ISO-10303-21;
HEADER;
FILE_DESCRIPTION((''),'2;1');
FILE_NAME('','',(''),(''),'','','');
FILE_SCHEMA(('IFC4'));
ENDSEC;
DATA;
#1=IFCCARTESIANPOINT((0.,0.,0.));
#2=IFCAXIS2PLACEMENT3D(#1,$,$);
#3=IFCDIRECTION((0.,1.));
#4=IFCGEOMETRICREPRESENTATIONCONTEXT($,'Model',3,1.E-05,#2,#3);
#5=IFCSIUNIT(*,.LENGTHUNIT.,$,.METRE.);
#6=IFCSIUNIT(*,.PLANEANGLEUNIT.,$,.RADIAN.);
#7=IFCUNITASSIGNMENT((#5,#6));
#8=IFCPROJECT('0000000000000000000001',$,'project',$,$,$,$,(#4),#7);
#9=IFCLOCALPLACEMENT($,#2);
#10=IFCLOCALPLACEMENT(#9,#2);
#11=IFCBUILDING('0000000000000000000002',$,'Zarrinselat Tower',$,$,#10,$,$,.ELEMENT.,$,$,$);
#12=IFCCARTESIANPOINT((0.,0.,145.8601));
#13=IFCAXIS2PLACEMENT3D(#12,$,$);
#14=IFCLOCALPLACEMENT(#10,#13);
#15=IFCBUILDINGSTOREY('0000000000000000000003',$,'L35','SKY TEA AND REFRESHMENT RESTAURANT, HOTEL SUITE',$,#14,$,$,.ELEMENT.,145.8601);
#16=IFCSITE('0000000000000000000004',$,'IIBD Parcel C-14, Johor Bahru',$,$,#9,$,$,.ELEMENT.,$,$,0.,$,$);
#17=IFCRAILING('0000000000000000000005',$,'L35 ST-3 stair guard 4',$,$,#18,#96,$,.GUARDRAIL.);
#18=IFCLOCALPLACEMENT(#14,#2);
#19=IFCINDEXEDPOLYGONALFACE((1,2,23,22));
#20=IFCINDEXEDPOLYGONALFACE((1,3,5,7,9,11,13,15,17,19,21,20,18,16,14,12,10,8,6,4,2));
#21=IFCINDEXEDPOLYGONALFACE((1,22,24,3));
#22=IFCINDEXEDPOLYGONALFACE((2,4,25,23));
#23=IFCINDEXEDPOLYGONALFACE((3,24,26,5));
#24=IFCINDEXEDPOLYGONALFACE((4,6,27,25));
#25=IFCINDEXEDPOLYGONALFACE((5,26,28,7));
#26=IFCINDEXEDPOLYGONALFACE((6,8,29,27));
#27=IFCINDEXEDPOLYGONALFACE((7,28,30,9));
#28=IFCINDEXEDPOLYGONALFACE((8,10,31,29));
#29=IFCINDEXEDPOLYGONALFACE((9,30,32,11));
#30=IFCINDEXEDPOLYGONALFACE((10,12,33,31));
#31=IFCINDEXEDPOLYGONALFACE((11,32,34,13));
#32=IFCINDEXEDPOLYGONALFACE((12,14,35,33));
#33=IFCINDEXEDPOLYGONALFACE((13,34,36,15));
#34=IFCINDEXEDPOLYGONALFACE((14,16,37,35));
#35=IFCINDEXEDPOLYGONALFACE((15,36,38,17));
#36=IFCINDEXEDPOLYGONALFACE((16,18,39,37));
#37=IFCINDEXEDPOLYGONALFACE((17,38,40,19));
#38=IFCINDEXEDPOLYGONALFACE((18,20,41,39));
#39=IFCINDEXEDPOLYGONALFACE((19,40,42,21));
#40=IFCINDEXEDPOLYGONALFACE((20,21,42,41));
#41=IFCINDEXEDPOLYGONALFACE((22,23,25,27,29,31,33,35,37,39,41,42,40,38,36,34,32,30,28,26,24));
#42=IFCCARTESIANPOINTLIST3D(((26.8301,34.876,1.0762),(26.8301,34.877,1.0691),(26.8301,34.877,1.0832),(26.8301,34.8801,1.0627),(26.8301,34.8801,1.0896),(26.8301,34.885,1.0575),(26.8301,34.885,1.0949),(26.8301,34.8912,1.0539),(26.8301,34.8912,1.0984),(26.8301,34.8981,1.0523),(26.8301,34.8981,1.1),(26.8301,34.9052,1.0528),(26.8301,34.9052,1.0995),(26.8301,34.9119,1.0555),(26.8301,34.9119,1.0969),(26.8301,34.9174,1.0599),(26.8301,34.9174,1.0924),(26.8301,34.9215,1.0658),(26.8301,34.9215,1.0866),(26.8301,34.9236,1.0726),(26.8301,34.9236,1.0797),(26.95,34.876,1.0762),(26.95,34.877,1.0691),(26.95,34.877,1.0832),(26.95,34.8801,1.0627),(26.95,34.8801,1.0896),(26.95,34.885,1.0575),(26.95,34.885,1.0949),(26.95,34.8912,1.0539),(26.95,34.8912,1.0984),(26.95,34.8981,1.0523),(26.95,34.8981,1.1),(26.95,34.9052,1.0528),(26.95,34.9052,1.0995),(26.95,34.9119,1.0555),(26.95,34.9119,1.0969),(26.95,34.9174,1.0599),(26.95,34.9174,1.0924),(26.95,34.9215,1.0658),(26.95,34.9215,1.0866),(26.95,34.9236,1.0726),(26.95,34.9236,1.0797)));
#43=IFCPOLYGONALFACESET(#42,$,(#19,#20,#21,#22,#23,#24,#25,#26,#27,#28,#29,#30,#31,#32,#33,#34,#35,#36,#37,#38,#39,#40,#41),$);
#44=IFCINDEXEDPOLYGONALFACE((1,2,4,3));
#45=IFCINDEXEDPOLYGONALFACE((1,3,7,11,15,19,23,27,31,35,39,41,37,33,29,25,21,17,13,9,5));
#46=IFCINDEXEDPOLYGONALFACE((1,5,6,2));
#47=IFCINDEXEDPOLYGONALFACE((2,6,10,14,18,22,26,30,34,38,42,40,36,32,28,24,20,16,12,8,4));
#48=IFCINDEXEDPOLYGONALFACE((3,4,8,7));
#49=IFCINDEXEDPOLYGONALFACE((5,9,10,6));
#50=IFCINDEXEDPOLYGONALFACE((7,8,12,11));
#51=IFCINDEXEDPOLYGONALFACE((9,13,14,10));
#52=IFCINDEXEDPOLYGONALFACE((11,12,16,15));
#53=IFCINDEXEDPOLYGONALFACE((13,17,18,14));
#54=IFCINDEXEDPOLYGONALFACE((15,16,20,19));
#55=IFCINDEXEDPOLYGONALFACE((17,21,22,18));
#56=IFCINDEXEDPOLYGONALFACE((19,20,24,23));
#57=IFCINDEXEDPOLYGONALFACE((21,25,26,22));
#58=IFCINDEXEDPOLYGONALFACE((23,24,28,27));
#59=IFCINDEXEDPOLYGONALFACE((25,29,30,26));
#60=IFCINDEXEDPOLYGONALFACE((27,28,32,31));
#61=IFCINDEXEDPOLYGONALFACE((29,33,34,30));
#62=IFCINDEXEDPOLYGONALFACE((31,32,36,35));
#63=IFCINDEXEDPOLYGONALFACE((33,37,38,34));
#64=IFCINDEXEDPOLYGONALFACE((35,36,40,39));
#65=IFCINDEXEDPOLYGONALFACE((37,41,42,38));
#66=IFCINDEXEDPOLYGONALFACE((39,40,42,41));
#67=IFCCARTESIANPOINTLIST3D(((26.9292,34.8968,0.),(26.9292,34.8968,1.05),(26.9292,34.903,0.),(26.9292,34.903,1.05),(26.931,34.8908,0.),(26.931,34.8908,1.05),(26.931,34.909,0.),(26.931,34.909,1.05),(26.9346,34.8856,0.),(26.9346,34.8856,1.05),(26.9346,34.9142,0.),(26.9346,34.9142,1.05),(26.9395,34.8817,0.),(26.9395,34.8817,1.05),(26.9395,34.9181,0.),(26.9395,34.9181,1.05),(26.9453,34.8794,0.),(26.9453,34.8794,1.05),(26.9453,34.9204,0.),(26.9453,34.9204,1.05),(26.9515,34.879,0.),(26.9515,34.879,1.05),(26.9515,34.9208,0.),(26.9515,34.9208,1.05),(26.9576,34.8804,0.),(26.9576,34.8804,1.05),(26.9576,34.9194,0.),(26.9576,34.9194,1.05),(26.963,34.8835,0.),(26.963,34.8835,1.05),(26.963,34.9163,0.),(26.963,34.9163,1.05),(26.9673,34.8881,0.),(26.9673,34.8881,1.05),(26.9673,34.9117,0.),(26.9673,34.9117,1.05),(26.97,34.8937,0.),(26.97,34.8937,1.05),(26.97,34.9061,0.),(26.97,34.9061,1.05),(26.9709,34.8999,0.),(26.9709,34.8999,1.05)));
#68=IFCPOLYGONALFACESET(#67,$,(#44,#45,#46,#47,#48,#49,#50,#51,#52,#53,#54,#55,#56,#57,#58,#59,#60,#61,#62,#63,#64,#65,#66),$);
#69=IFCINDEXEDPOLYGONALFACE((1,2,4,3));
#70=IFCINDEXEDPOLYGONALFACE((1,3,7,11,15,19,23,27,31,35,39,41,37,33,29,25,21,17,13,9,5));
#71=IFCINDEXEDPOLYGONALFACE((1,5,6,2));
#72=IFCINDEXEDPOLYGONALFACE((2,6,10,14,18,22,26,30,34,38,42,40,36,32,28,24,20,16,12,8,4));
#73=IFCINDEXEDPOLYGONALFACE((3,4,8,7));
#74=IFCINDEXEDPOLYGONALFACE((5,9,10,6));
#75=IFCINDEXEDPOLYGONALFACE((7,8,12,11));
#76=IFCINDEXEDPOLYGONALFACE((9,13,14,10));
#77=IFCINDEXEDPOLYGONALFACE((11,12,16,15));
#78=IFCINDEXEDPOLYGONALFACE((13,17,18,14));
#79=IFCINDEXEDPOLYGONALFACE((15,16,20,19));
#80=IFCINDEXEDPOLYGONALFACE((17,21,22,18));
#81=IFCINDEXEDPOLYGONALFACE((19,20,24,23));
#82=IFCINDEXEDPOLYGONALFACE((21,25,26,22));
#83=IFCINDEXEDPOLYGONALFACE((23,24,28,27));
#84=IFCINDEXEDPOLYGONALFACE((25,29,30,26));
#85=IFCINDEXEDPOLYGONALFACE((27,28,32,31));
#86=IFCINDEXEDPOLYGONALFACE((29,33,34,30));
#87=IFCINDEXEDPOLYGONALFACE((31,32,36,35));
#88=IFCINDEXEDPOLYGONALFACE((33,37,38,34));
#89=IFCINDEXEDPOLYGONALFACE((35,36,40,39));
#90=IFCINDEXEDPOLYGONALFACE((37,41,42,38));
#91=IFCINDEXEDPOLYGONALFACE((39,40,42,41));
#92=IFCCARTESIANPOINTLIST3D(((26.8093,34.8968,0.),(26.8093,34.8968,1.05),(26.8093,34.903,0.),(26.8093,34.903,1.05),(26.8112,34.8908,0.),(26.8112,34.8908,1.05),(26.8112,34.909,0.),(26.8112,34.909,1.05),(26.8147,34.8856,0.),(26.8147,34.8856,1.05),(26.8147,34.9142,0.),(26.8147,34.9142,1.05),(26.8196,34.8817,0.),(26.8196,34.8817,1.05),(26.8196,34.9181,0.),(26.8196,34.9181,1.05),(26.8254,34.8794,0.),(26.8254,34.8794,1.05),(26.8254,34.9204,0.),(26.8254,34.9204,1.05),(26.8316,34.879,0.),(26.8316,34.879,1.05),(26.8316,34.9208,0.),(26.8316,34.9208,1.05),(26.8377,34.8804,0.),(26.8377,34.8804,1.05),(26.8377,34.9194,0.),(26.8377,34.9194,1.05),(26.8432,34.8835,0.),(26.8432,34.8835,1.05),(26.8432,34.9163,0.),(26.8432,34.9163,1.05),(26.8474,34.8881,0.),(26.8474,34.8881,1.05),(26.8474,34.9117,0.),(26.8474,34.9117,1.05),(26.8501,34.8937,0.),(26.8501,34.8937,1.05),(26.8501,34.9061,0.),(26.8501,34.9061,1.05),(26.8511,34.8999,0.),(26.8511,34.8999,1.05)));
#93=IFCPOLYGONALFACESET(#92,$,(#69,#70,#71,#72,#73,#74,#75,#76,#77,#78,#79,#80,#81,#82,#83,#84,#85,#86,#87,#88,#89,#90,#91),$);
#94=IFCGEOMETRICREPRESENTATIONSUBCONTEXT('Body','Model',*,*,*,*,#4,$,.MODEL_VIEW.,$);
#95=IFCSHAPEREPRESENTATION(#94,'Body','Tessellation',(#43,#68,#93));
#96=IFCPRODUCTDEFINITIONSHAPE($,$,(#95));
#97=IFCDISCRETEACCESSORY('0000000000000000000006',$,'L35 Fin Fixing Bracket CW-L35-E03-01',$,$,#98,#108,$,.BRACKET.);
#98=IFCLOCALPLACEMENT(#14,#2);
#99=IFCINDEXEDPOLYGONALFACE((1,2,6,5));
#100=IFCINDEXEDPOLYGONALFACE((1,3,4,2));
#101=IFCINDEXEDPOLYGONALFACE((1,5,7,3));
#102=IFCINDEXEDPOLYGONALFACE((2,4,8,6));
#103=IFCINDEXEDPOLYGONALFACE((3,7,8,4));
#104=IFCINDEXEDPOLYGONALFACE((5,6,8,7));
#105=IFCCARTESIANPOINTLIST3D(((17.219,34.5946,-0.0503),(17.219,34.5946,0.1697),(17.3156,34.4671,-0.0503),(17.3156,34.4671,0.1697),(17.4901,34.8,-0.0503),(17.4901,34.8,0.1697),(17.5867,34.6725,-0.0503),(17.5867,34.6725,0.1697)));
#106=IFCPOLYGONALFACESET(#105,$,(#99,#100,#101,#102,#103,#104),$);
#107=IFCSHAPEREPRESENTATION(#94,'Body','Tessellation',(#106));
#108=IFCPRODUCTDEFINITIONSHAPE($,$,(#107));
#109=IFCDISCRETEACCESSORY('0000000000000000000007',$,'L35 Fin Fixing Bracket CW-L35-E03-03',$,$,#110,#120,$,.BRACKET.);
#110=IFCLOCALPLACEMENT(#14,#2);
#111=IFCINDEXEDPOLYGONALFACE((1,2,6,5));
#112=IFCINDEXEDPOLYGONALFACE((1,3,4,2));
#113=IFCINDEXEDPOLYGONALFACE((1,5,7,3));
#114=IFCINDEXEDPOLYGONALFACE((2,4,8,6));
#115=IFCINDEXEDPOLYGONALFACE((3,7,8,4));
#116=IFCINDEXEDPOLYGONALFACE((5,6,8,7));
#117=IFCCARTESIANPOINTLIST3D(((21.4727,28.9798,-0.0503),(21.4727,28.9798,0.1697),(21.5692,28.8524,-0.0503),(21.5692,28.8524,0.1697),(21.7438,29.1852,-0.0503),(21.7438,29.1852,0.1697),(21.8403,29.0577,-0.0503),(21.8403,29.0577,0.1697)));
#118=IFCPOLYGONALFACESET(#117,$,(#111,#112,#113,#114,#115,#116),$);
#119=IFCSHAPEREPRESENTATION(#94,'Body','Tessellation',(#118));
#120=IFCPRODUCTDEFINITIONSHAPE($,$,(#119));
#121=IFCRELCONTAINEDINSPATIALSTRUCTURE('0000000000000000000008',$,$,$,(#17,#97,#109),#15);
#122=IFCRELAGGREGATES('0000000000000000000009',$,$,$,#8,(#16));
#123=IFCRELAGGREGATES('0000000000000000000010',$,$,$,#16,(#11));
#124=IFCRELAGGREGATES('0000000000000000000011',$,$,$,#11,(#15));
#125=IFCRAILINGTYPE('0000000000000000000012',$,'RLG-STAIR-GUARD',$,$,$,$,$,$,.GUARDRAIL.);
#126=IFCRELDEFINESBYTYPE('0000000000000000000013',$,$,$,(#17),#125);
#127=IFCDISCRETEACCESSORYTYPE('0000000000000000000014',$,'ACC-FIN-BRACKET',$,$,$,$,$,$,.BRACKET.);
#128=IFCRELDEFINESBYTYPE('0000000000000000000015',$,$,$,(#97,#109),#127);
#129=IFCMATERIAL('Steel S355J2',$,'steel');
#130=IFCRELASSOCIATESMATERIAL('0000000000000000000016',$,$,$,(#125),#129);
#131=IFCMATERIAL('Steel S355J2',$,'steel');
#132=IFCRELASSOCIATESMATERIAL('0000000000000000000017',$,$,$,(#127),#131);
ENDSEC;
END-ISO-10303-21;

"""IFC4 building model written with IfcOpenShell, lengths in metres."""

from ifc_helpers import new_model, si_unit, direction, frame, origin, origin_2d, place, context, subcontext, project, spatial, rectangle, circle, extrude, material, type_object, element, save


model = new_model("IFC4")

# Units and contexts
model_context = context("Model", 3, precision=1e-05, world=origin(), true_north=direction((0.0, 1.0)))
body_context = subcontext(model_context, "Body", "Model", "MODEL_VIEW")
ifc_project = project(units=[si_unit("LENGTHUNIT", "METRE"), si_unit("PLANEANGLEUNIT", "RADIAN")], contexts=[model_context])

# Site, building, storey
site_placement = place(None, origin())
site = spatial("IfcSite", under=ifc_project, at=site_placement, Name="IIBD Parcel C-14, Johor Bahru", CompositionType="ELEMENT", RefElevation=0.0)
building_placement = place(site_placement, origin())
building = spatial("IfcBuilding", under=site, at=building_placement, Name="Zarrinselat Tower", CompositionType="ELEMENT")
storey_placement = place(building_placement, frame((0.0, 0.0, 145.8601)))
storey = spatial("IfcBuildingStorey", under=building, at=storey_placement, Name="L35", Description="SKY TEA AND REFRESHMENT RESTAURANT, HOTEL SUITE", CompositionType="ELEMENT", Elevation=145.8601)

# Railing
ifc_material_1 = material(Name="Steel S355J2", Category="steel")
railing_type = type_object("IfcRailingType", Name="RLG-STAIR-GUARD", PredefinedType="GUARDRAIL", material=ifc_material_1)
railing_1_placement = place(storey_placement, frame((26.95, 34.8999, 0.0)))
element("IfcRailing", 1, at=railing_1_placement, inside=storey, type_object=railing_type, Name="L35 ST-3 stair guard 4", PredefinedType="GUARDRAIL", context=body_context, shape_type="SweptSolid", body=[
    extrude(circle(Radius=0.0239, at=origin_2d()), frame((0.0, 0.0, 1.0762), z_axis=(-1.0, 0.0, 0.0), x_axis=(0.0, -1.0, 0.0)), (0.0, 0.0, 1.0), 0.1199),
    extrude(circle(Radius=0.021, at=origin_2d()), origin(), (0.0, 0.0, 1.0), 1.05),
    extrude(circle(Radius=0.021, at=origin_2d()), frame((-0.1199, 0.0, 0.0)), (0.0, 0.0, 1.0), 1.05),
])

# Discrete accessories
ifc_material_2 = material(Name="Steel S355J2", Category="steel")
discrete_accessory_type = type_object("IfcDiscreteAccessoryType", Name="ACC-FIN-BRACKET", PredefinedType="BRACKET", material=ifc_material_2)
for number, where, z_axis, x_axis, name in (
    (2, (17.4028, 34.6335, -0.0503), (0.0, 0.0, 1.0), (-0.797093, -0.603857, 0.0), "L35 Fin Fixing Bracket CW-L35-E03-01"),
    (3, (21.6565, 29.0188, -0.0503), (0.0, 0.0, 1.0), (-0.797093, -0.603857, 0.0), "L35 Fin Fixing Bracket CW-L35-E03-03"),
):
    element("IfcDiscreteAccessory", number, at=place(storey_placement, frame(where, z_axis=z_axis, x_axis=x_axis)), inside=storey, type_object=discrete_accessory_type, Name=name, PredefinedType="BRACKET", context=body_context, shape_type="SweptSolid", body=[
        extrude(rectangle(XDim=0.3401, YDim=0.1599, at=origin_2d()), origin(), (0.0, 0.0, 1.0), 0.22),
    ])

save(model, "model.ifc")
